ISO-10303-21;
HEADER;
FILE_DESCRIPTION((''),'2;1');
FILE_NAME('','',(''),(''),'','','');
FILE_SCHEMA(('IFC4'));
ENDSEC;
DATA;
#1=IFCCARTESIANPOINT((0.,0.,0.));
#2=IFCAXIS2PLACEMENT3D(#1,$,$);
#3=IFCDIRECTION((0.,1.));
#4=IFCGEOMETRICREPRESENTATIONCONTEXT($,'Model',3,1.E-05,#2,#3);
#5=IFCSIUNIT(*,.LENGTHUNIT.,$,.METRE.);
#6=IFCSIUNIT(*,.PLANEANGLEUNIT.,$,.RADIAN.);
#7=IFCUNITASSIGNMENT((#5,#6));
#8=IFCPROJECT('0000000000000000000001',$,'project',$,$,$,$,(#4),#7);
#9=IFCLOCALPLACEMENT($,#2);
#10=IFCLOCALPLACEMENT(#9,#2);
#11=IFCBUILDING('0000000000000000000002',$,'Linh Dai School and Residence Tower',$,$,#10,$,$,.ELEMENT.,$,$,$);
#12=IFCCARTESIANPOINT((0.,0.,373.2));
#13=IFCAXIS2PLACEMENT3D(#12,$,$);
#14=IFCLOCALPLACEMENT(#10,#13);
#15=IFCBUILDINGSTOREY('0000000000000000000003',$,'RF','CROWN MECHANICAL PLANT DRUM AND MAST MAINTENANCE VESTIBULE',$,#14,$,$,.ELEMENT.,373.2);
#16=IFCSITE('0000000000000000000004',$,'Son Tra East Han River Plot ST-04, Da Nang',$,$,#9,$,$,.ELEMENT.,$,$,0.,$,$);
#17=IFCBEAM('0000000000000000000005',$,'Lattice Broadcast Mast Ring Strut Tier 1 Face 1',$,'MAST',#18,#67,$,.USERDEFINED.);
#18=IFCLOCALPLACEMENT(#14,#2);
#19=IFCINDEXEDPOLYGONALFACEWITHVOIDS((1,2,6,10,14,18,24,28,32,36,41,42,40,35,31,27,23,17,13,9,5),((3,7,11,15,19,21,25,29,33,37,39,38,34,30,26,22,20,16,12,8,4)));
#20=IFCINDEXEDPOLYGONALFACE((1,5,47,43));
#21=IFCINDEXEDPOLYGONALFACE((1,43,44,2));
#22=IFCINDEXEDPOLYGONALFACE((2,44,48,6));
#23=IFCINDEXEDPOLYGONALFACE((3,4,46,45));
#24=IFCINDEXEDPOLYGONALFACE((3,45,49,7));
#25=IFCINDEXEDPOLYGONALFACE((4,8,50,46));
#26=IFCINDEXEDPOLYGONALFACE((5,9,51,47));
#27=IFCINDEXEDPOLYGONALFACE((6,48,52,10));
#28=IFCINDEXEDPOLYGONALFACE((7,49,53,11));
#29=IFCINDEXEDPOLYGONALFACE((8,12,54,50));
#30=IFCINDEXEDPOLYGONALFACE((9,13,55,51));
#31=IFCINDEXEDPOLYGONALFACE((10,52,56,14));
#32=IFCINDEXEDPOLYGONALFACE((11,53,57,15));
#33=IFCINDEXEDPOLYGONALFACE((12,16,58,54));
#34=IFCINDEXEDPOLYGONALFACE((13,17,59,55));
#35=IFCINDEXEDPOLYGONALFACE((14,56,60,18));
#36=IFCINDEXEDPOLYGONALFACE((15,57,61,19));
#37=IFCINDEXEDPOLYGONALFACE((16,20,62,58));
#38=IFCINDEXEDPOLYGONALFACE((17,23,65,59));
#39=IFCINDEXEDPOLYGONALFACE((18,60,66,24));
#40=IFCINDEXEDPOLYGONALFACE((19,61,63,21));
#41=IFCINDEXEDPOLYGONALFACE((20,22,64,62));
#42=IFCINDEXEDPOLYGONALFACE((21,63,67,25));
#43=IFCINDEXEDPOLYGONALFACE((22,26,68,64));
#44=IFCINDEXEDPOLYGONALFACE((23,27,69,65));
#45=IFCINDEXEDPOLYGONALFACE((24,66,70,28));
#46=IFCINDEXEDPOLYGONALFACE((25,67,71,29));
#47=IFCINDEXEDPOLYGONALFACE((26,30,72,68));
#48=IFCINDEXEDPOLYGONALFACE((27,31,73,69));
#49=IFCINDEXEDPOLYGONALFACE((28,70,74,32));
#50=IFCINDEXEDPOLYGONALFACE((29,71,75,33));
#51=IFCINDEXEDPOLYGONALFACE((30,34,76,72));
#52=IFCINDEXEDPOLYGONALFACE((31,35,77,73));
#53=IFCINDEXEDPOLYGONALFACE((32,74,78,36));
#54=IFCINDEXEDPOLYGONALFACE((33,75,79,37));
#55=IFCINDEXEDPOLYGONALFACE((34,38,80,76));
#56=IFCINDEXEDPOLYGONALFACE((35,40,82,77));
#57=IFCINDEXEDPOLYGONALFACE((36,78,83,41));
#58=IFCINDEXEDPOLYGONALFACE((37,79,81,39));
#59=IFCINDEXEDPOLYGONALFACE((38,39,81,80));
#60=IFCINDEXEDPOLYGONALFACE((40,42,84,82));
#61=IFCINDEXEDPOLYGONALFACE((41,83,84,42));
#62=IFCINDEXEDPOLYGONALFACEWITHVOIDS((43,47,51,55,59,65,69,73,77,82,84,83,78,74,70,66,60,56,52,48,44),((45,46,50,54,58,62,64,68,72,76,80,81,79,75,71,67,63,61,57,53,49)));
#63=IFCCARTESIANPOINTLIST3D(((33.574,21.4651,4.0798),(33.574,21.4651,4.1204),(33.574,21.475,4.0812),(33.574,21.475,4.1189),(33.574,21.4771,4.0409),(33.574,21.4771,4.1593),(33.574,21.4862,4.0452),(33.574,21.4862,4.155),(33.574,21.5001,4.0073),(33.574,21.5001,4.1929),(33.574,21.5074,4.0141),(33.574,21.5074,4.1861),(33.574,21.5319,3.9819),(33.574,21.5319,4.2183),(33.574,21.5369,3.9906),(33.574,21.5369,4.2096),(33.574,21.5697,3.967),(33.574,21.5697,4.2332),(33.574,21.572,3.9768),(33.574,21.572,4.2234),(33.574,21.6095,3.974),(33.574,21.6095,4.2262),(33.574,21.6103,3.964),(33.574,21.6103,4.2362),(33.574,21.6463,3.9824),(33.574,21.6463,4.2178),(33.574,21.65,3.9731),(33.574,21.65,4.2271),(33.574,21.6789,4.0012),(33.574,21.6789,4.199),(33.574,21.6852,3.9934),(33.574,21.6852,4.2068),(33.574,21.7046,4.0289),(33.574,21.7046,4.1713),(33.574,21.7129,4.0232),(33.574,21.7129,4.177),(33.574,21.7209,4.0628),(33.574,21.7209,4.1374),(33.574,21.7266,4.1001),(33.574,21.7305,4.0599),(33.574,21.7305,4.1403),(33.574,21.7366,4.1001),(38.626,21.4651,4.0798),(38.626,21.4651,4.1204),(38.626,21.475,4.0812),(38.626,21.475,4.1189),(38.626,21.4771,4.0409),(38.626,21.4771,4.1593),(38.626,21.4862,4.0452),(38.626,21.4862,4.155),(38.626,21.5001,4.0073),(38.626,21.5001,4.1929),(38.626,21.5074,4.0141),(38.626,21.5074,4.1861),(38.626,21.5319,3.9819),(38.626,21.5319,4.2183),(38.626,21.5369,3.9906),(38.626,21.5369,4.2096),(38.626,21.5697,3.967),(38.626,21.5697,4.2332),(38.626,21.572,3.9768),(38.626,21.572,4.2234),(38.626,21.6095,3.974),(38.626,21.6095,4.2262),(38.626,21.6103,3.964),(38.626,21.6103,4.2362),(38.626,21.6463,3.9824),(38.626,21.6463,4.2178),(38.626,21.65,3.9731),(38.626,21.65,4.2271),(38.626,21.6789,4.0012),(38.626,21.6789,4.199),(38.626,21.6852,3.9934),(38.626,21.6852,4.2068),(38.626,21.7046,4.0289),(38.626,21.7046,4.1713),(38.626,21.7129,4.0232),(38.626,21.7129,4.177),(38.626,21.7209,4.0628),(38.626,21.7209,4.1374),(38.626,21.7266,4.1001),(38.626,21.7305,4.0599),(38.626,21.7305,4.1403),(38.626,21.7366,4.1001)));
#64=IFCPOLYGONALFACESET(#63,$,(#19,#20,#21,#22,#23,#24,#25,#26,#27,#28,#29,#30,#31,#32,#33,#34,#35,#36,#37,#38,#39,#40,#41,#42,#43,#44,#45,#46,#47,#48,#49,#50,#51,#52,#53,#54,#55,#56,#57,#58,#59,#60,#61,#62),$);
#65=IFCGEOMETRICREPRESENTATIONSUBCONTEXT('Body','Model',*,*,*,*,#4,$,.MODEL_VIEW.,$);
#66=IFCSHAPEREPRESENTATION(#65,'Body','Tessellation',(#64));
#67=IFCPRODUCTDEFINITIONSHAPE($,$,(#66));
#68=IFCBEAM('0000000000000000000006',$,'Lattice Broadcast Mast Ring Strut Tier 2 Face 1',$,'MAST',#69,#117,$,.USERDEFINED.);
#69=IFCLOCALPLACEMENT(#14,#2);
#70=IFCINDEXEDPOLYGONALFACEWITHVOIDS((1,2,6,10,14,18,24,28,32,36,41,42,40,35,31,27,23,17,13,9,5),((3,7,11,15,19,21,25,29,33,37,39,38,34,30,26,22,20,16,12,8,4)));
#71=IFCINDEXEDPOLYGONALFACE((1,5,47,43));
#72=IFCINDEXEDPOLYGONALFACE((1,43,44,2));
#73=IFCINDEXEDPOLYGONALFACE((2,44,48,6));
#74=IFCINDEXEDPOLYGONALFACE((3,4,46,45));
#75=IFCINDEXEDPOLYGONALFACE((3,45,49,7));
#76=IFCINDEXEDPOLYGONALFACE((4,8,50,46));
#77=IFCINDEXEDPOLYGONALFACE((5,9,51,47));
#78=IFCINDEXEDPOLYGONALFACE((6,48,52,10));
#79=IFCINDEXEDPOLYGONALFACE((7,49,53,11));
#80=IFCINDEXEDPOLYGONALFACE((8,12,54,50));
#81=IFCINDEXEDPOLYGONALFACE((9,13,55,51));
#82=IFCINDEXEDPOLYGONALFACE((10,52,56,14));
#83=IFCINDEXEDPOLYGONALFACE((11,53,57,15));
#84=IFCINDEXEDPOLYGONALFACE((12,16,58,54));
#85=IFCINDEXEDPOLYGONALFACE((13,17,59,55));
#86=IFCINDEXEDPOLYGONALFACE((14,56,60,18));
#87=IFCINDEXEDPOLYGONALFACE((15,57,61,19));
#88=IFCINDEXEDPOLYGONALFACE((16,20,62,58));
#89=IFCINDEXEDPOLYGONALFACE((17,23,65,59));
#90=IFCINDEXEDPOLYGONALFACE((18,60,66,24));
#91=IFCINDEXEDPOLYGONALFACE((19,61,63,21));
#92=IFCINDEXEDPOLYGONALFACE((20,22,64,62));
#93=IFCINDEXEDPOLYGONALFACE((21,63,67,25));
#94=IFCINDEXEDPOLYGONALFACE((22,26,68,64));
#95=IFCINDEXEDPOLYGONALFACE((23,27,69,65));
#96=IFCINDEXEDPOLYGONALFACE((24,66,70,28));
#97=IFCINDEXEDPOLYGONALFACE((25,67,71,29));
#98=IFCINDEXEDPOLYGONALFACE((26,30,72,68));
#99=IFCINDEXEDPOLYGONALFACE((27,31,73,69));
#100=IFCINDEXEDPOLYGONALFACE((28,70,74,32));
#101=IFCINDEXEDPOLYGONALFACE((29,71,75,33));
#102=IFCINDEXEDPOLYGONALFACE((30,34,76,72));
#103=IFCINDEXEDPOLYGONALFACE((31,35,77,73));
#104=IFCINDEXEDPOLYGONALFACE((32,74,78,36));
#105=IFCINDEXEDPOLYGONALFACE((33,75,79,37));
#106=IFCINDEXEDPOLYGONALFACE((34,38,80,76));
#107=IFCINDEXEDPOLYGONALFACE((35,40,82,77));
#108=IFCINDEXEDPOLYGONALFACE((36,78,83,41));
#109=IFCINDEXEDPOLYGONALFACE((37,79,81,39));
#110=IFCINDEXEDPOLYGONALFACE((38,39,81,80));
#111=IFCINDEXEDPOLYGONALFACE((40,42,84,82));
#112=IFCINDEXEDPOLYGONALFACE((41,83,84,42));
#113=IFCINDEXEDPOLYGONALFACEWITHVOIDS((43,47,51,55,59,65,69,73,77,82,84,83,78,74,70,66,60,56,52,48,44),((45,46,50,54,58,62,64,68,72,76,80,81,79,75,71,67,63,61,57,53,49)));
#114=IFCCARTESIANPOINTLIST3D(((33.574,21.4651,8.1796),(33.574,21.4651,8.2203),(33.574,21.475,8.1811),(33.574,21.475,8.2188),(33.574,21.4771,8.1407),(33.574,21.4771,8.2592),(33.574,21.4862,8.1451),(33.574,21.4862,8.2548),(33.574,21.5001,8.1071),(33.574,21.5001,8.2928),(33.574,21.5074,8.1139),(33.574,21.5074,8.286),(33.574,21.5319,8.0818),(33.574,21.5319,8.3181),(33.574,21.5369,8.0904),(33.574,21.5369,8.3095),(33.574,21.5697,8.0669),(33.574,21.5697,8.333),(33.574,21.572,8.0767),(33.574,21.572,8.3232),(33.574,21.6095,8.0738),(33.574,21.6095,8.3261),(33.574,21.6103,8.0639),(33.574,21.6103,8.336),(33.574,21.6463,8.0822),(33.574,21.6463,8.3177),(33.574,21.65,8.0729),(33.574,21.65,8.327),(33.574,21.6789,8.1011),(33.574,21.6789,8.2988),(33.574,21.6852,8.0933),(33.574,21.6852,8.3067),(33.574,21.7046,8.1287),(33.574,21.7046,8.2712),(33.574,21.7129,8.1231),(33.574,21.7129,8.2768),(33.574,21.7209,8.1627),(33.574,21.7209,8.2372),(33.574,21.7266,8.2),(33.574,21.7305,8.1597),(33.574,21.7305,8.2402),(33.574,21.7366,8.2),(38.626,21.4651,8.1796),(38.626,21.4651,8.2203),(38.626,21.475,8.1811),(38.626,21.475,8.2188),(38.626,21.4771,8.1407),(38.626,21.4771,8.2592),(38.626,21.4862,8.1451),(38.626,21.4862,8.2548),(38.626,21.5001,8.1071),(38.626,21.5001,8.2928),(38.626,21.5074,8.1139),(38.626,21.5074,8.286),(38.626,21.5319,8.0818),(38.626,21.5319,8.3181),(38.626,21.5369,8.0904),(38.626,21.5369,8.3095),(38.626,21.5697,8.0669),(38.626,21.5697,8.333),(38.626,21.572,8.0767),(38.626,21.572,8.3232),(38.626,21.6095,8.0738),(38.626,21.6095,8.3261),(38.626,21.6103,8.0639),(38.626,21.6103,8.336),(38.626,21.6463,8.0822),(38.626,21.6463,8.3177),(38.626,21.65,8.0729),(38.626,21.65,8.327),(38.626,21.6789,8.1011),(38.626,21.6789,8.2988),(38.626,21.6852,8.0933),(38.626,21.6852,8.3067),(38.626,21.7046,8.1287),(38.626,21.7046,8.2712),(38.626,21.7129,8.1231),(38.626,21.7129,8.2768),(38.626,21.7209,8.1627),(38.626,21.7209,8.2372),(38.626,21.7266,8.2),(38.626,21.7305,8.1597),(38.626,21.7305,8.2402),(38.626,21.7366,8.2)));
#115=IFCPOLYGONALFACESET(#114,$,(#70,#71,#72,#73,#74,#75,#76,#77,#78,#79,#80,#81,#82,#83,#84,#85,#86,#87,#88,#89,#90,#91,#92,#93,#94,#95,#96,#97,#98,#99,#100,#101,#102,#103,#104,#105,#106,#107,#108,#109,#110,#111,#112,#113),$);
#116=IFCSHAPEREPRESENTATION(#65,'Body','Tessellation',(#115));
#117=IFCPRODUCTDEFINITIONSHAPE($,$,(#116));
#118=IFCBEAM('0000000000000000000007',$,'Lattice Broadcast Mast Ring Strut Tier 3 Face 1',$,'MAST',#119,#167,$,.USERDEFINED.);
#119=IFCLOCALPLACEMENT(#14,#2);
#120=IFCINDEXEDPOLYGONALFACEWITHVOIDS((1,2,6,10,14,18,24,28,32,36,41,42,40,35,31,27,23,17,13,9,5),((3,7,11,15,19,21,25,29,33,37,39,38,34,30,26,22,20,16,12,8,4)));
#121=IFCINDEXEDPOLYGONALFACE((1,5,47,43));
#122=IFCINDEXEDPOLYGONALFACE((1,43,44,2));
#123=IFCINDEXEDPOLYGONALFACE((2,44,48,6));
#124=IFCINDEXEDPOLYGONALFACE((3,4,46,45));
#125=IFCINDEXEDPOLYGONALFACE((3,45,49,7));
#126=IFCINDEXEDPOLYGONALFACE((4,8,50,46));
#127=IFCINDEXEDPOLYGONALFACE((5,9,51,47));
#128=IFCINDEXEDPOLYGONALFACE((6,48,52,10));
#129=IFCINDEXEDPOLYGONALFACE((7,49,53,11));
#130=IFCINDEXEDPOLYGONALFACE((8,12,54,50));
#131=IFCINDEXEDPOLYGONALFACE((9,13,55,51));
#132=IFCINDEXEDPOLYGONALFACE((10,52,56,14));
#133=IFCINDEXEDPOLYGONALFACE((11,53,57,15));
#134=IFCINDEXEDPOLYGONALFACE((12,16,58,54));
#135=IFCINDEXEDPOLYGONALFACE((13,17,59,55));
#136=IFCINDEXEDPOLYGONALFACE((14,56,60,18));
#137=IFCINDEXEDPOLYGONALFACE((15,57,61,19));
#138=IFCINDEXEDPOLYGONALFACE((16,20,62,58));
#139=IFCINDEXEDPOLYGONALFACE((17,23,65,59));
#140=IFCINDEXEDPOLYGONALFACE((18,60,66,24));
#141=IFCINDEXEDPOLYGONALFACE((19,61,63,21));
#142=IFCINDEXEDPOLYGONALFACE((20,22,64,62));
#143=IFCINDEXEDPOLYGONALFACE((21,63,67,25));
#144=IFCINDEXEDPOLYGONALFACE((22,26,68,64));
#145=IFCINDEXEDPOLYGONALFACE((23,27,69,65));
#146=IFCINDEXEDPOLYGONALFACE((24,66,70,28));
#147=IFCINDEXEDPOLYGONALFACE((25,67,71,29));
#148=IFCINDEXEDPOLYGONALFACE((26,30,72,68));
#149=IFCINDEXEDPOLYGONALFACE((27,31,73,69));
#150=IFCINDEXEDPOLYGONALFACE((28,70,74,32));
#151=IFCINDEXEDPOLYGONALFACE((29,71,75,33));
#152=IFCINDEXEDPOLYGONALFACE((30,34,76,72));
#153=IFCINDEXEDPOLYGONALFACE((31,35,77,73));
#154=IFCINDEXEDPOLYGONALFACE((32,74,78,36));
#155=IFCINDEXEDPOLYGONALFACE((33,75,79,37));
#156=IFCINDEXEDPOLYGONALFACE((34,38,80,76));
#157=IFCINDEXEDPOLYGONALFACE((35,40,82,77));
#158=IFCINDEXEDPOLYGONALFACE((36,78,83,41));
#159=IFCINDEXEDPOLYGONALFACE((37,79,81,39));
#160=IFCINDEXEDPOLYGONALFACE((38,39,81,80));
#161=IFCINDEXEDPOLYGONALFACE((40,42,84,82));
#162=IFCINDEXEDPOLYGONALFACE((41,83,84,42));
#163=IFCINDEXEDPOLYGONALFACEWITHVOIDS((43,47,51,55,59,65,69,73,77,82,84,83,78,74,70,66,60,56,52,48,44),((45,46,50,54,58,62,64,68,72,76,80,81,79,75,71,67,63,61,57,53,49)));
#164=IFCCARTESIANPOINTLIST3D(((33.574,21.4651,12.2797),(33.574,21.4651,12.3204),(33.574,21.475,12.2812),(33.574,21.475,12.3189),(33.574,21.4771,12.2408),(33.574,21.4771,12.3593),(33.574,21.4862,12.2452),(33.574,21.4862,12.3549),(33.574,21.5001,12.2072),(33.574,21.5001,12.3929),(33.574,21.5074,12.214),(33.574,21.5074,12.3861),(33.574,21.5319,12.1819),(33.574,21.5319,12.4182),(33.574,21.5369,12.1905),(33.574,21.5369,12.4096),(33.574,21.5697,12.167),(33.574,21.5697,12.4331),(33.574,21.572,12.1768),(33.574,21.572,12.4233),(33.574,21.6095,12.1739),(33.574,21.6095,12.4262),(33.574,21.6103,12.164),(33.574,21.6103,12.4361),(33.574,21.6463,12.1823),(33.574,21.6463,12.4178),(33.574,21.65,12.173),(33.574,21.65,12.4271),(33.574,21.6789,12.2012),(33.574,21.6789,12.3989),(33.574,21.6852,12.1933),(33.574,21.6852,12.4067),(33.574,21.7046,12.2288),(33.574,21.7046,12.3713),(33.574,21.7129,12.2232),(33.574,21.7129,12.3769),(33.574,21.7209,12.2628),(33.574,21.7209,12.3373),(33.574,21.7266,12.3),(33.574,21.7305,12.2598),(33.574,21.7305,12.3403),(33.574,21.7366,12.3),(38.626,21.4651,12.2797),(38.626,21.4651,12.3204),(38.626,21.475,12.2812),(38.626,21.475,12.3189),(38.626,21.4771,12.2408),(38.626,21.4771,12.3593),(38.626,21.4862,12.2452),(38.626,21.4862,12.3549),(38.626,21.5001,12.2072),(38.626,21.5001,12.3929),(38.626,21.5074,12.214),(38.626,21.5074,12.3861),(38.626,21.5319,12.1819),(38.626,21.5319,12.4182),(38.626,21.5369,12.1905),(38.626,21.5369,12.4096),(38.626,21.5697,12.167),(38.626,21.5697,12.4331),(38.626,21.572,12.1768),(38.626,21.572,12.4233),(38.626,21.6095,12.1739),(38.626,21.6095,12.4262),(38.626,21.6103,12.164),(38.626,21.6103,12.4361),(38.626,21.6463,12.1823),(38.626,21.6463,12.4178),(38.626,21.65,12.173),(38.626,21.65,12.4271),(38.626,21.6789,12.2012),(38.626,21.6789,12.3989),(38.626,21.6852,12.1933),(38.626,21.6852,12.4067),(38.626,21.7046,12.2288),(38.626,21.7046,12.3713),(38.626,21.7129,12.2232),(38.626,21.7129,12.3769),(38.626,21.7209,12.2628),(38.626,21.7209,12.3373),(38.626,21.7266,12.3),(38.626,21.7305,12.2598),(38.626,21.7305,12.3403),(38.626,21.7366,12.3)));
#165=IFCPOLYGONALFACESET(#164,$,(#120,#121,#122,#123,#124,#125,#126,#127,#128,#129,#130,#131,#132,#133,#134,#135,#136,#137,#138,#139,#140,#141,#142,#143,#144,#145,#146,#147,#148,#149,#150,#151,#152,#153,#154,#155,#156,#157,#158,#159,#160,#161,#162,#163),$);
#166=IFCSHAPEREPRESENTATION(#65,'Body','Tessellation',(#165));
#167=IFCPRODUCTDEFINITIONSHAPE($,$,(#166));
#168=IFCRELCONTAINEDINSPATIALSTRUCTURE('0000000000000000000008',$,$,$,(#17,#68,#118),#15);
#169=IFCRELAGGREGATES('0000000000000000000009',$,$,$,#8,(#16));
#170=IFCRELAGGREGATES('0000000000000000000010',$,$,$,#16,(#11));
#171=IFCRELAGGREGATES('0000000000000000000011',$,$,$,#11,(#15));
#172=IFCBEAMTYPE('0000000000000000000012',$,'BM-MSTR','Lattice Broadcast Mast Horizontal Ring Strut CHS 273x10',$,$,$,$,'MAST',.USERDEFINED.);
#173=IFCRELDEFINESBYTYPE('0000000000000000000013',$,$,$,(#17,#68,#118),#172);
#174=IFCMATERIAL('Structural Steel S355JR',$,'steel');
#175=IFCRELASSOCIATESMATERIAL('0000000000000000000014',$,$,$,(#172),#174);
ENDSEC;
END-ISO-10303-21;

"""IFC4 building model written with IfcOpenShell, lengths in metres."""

from ifc_helpers import new_model, si_unit, direction, frame, origin, origin_2d, place, context, subcontext, project, spatial, hollow_circle, extrude, material, material_profile, profile_set, type_object, element, save


model = new_model("IFC4")

# Units and contexts
model_context = context("Model", 3, precision=1e-05, world=origin(), true_north=direction((0.0, 1.0)))
body_context = subcontext(model_context, "Body", "Model", "MODEL_VIEW")
ifc_project = project(units=[si_unit("LENGTHUNIT", "METRE"), si_unit("PLANEANGLEUNIT", "RADIAN")], contexts=[model_context])

# Site, building, storey
site_placement = place(None, origin())
site = spatial("IfcSite", under=ifc_project, at=site_placement, Name="Son Tra East Han River Plot ST-04, Da Nang", CompositionType="ELEMENT", RefElevation=0.0)
building_placement = place(site_placement, origin())
building = spatial("IfcBuilding", under=site, at=building_placement, Name="Linh Dai School and Residence Tower", CompositionType="ELEMENT")
storey_placement = place(building_placement, frame((0.0, 0.0, 373.2)))
storey = spatial("IfcBuildingStorey", under=building, at=storey_placement, Name="RF", Description="CROWN MECHANICAL PLANT DRUM AND MAST MAINTENANCE VESTIBULE", CompositionType="ELEMENT", Elevation=373.2)

# Beams
ifc_material_1 = material(Name="Structural Steel S355JR", Category="steel")
ifc_material_profile_1 = material_profile(ifc_material_1, hollow_circle(Radius=0.1365, WallThickness=0.01, at=origin_2d()), Name="CHS 273x10")
ifc_profile_set_1 = profile_set([ifc_material_profile_1], Name="Structural Steel S355JR")
beam_type = type_object("IfcBeamType", Name="BM-MSTR", Description="Lattice Broadcast Mast Horizontal Ring Strut CHS 273x10", ElementType="MAST", PredefinedType="USERDEFINED", material=ifc_profile_set_1)
for number, where, z_axis, x_axis, name in (
    (1, (33.574, 21.6001, 4.1001), (1.0, 0.0, 0.0), (0.0, 1.0, 0.0), "Lattice Broadcast Mast Ring Strut Tier 1 Face 1"),
    (2, (33.574, 21.6001, 8.2), (1.0, 0.0, 0.0), (0.0, 1.0, 0.0), "Lattice Broadcast Mast Ring Strut Tier 2 Face 1"),
    (3, (33.574, 21.6001, 12.3), (1.0, 0.0, 0.0), (0.0, 1.0, 0.0), "Lattice Broadcast Mast Ring Strut Tier 3 Face 1"),
):
    element("IfcBeam", number, at=place(storey_placement, frame(where, z_axis=z_axis, x_axis=x_axis)), inside=storey, type_object=beam_type, Name=name, ObjectType="MAST", PredefinedType="USERDEFINED", context=body_context, shape_type="SweptSolid", body=[
        extrude(hollow_circle(Radius=0.1365, WallThickness=0.01, at=origin_2d()), origin(), (0.0, 0.0, 1.0), 5.052),
    ])

save(model, "model.ifc")
